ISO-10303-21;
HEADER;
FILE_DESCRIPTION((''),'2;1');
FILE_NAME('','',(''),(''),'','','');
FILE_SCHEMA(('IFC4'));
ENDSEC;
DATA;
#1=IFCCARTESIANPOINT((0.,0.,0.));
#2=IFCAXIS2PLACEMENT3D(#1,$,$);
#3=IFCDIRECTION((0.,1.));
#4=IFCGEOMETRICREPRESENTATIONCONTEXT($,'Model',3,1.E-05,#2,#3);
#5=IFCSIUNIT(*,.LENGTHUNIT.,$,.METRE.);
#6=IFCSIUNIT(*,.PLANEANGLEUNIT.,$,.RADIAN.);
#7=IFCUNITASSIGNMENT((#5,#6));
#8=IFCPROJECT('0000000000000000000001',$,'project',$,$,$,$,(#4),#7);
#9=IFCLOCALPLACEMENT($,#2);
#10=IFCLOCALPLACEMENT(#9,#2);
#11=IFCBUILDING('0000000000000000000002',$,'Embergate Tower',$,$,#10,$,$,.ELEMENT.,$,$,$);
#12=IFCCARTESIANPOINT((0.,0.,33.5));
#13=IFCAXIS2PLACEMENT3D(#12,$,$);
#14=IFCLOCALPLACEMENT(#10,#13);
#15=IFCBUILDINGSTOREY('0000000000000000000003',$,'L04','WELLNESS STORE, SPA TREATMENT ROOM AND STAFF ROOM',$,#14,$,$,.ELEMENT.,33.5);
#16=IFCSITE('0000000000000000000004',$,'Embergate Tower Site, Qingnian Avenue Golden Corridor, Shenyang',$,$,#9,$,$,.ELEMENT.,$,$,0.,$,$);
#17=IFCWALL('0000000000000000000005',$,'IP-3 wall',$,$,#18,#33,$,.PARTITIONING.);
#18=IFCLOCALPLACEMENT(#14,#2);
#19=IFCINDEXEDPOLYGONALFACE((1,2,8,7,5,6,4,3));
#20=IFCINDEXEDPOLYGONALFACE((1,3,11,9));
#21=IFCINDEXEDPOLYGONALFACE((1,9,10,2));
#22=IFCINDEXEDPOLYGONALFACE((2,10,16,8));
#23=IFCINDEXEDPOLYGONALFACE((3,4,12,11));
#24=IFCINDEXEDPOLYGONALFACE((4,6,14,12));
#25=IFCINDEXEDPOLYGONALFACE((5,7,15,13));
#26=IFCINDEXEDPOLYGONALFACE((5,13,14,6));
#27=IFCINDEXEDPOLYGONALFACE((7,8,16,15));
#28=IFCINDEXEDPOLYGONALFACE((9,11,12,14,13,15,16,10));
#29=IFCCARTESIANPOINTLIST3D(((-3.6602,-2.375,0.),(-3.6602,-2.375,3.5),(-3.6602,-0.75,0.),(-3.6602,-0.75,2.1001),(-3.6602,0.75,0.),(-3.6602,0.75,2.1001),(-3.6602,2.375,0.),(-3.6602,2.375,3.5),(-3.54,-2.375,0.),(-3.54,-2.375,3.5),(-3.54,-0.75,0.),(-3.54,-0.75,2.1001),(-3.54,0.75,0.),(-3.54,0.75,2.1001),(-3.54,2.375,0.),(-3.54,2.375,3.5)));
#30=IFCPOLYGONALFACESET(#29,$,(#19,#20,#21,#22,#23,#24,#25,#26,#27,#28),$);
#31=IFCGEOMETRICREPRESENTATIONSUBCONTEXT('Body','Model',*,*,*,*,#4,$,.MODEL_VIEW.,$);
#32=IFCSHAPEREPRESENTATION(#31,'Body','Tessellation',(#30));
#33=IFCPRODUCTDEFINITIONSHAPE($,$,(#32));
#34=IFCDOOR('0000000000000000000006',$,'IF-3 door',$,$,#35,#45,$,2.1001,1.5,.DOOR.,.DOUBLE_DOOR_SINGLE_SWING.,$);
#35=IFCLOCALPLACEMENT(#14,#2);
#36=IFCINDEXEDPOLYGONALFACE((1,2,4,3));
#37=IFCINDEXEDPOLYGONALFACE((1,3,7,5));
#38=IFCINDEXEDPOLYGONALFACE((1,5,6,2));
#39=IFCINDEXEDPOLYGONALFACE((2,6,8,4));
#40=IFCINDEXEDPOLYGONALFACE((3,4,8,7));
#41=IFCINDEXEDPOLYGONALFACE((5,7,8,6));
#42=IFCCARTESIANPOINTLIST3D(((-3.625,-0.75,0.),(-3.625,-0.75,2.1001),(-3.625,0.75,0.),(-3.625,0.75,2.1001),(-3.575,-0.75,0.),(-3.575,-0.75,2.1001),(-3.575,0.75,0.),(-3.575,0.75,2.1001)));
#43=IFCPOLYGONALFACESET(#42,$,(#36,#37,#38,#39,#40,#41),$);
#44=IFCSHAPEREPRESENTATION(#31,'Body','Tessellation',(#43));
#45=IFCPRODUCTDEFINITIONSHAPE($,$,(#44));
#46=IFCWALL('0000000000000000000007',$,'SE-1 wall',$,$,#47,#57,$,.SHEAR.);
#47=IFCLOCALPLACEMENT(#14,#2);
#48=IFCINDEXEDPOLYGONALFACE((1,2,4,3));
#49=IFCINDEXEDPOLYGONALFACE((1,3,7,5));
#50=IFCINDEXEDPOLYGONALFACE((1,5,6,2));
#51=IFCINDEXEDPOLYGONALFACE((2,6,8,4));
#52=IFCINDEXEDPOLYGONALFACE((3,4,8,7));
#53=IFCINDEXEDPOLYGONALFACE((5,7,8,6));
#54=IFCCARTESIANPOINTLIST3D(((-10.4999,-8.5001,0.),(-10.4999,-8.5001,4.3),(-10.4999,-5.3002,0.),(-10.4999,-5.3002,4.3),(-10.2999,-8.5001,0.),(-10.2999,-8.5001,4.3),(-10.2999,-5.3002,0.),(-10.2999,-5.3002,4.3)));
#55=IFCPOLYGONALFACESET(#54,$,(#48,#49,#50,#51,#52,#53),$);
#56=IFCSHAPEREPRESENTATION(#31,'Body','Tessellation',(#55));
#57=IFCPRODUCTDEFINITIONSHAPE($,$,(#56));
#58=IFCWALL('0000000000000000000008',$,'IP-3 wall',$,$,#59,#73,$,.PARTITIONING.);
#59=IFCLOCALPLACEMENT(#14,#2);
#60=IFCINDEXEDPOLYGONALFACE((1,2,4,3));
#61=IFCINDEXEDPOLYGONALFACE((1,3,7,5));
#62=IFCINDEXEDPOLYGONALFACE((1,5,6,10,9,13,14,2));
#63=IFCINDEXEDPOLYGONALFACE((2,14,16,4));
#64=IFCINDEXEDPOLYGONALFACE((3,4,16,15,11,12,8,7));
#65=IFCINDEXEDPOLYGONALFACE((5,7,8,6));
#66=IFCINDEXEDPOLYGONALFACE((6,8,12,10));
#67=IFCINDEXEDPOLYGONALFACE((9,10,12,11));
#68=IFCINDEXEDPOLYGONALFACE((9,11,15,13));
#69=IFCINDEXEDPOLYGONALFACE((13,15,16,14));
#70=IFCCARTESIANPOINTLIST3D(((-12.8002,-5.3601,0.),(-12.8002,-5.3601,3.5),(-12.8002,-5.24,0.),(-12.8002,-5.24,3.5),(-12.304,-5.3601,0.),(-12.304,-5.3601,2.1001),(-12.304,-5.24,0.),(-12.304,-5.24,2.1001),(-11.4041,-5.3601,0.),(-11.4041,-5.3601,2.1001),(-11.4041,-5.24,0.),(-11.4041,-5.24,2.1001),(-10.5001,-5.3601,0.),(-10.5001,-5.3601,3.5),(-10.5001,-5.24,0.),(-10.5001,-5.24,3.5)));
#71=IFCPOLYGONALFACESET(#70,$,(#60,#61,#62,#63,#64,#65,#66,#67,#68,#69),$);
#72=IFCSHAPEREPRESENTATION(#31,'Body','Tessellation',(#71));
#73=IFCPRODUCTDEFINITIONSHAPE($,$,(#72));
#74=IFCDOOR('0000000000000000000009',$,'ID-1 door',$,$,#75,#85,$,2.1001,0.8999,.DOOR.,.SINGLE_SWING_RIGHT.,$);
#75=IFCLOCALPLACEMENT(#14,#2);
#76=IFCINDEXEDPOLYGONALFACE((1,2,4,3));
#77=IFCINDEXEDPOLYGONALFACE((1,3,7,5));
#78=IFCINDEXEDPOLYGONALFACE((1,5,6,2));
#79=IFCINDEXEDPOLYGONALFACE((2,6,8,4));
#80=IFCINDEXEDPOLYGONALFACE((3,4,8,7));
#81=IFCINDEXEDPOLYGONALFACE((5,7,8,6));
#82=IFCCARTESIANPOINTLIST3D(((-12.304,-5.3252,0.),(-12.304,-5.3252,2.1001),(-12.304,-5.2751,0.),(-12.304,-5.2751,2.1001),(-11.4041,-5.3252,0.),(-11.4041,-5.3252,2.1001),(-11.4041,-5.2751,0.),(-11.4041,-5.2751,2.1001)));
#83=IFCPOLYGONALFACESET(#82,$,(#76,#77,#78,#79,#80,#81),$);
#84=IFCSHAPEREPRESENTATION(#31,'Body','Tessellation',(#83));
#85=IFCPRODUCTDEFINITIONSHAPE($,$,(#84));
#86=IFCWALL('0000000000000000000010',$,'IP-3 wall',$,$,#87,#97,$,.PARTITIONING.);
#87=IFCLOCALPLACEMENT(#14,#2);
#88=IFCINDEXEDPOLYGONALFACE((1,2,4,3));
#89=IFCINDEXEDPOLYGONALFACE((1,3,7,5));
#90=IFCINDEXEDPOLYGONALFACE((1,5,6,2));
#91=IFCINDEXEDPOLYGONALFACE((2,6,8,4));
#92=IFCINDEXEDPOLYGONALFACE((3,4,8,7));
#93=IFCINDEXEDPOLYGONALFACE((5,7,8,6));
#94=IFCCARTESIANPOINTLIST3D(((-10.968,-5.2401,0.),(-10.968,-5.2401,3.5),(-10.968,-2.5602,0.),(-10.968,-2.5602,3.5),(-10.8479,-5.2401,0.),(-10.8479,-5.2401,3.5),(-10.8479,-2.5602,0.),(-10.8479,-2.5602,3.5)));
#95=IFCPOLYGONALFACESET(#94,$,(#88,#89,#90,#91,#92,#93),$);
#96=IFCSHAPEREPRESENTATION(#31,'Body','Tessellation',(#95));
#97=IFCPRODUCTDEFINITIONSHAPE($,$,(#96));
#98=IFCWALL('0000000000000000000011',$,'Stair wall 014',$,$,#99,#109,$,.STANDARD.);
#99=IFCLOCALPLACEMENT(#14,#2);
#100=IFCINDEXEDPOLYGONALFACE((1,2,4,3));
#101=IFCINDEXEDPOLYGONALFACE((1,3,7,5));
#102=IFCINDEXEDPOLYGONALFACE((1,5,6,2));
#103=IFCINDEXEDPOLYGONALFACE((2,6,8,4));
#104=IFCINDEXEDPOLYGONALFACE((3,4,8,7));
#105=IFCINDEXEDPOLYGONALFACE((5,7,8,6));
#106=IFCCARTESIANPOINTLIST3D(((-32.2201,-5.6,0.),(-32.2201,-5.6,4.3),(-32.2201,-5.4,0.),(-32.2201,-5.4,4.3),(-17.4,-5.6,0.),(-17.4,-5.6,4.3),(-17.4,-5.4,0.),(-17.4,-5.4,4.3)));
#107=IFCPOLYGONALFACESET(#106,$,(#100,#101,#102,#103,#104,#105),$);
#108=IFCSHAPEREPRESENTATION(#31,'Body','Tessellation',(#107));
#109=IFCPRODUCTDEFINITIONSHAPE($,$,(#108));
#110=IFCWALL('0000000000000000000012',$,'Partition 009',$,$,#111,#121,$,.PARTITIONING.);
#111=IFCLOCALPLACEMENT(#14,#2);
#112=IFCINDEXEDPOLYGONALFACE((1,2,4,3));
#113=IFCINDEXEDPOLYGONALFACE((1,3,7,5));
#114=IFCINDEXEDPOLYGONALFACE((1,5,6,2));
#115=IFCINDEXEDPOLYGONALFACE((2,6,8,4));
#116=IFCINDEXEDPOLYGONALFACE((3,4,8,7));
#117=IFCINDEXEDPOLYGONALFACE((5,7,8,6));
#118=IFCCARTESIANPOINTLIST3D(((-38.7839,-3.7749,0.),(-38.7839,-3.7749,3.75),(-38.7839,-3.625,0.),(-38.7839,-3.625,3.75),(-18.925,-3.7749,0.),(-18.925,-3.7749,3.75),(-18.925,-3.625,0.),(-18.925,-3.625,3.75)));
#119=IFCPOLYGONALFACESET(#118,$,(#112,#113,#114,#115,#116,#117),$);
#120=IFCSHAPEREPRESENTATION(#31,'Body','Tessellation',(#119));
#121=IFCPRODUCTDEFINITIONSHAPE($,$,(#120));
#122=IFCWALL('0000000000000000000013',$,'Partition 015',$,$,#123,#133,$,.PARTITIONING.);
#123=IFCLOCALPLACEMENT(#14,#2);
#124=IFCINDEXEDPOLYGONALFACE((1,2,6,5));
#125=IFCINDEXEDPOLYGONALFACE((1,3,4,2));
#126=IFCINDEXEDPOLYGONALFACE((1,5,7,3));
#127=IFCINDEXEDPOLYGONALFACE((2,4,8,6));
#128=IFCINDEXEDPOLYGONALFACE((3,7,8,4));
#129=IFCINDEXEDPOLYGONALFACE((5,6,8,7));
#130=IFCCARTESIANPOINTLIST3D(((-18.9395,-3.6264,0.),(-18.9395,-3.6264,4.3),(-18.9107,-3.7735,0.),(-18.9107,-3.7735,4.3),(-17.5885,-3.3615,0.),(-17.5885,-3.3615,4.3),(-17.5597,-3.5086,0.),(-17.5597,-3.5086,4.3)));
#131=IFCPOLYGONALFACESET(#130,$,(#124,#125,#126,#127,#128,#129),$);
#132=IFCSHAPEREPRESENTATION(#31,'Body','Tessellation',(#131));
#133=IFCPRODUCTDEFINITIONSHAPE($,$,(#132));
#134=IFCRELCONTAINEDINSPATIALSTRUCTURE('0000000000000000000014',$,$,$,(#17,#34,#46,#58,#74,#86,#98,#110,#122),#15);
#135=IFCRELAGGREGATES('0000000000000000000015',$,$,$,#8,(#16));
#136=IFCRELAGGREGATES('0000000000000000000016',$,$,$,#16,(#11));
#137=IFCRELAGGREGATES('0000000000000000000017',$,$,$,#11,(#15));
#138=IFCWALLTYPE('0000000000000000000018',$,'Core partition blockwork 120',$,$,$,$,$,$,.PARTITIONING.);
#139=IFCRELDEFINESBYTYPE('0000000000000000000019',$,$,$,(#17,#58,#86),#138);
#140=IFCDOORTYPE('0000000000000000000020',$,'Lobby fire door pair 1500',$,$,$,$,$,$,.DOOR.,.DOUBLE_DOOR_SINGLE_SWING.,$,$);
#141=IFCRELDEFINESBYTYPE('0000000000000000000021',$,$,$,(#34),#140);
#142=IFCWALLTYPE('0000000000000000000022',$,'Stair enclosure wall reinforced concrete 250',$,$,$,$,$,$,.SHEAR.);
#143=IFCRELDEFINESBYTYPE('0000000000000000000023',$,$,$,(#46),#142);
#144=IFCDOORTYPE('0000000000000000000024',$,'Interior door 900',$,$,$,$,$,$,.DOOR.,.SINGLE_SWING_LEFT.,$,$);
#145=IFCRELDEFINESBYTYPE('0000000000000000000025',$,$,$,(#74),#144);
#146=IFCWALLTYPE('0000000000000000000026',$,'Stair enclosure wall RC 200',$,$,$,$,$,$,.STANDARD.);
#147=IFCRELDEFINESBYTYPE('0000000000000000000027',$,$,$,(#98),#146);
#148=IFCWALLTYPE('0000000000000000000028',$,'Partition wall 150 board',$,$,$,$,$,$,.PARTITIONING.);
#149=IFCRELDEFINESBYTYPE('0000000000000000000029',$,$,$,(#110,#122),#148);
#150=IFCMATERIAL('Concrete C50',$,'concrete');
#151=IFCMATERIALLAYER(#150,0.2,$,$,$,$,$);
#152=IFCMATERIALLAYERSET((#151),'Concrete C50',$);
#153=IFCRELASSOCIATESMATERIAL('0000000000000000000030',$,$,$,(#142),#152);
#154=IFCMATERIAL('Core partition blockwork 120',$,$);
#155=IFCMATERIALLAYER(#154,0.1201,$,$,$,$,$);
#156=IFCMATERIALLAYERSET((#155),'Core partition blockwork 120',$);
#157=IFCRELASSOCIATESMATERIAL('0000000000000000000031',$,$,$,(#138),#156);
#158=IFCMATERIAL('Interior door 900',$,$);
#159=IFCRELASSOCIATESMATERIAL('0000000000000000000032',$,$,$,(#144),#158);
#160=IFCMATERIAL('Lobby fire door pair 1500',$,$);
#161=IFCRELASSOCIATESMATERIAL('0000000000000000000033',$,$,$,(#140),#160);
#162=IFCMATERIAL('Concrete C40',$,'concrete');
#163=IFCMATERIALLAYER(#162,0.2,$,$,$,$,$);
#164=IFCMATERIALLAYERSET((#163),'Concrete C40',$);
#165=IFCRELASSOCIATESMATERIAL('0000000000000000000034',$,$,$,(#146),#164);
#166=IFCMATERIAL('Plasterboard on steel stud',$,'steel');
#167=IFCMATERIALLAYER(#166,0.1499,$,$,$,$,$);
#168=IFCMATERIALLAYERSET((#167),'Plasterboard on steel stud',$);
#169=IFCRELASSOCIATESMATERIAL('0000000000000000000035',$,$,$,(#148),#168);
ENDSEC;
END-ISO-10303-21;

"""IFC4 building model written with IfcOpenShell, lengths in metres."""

from ifc_helpers import new_model, si_unit, direction, frame, frame_2d, origin, place, context, subcontext, project, spatial, rectangle, extrude, source, transform, mapped, material, layer, layer_set, type_object, element, fill, save


model = new_model("IFC4")

# Units and contexts
model_context = context("Model", 3, precision=1e-05, world=origin(), true_north=direction((0.0, 1.0)))
body_context = subcontext(model_context, "Body", "Model", "MODEL_VIEW")
ifc_project = project(units=[si_unit("LENGTHUNIT", "METRE"), si_unit("PLANEANGLEUNIT", "RADIAN")], contexts=[model_context])

# Site, building, storey
site_placement = place(None, origin())
site = spatial("IfcSite", under=ifc_project, at=site_placement, Name="Embergate Tower Site, Qingnian Avenue Golden Corridor, Shenyang", CompositionType="ELEMENT", RefElevation=0.0)
building_placement = place(site_placement, origin())
building = spatial("IfcBuilding", under=site, at=building_placement, Name="Embergate Tower", CompositionType="ELEMENT")
storey_placement = place(building_placement, frame((0.0, 0.0, 33.5)))
storey = spatial("IfcBuildingStorey", under=building, at=storey_placement, Name="L04", Description="WELLNESS STORE, SPA TREATMENT ROOM AND STAFF ROOM", CompositionType="ELEMENT", Elevation=33.5)

# Shared definitions
ifc_material_1 = material(Name="Concrete C50", Category="concrete")
ifc_layer_1 = layer(ifc_material_1, 0.2)
ifc_layer_set_1 = layer_set([ifc_layer_1], Name="Concrete C50")
wall_type_1 = type_object("IfcWallType", Name="Stair enclosure wall reinforced concrete 250", PredefinedType="SHEAR", material=ifc_layer_set_1)

# Shared definitions
ifc_material_2 = material(Name="Core partition blockwork 120")
ifc_layer_2 = layer(ifc_material_2, 0.1201)
ifc_layer_set_2 = layer_set([ifc_layer_2], Name="Core partition blockwork 120")
wall_type_2 = type_object("IfcWallType", Name="Core partition blockwork 120", PredefinedType="PARTITIONING", material=ifc_layer_set_2)
shared_shape_1 = source(origin(), body_context, "Body", "SweptSolid", [
    extrude(rectangle(XDim=0.8999, YDim=2.1001, at=frame_2d((0.45, 1.05))), frame((0.0, 0.0701, 0.0), z_axis=(0.0, -1.0, 0.0), x_axis=(1.0, 0.0, 0.0)), (0.0, 0.0, 1.0), 0.1401),
])
ifc_material_3 = material(Name="Interior door 900")
door_type_1 = type_object("IfcDoorType", Name="Interior door 900", OperationType="SINGLE_SWING_LEFT", PredefinedType="DOOR", material=ifc_material_3)
shared_shape_2 = source(origin(), body_context, "Body", "SweptSolid", [
    extrude(rectangle(XDim=0.8999, YDim=2.1001, at=frame_2d((0.45, 1.05))), frame((0.0, 0.0249, 0.0), z_axis=(0.0, -1.0, 0.0), x_axis=(1.0, 0.0, 0.0)), (0.0, 0.0, 1.0), 0.05),
])

# Wall, opening, door
shared_shape_3 = source(origin(), body_context, "Body", "SweptSolid", [
    extrude(rectangle(XDim=4.75, YDim=0.1201, at=frame_2d((2.375, 0.0))), origin(), (0.0, 0.0, 1.0), 3.5),
])
wall_1_placement = place(storey_placement, frame((-3.6001, -2.375, 0.0), z_axis=(0.0, 0.0, 1.0), x_axis=(0.0, 1.0, 0.0)))
wall_1 = element("IfcWall", 1, at=wall_1_placement, inside=storey, type_object=wall_type_2, Name="IP-3 wall", PredefinedType="PARTITIONING", context=body_context, shape_type="MappedRepresentation", body=[
    mapped(shared_shape_3, transform((0.0, 0.0, 0.0))),
])
shared_shape_4 = source(origin(), body_context, "Body", "SweptSolid", [
    extrude(rectangle(XDim=1.5, YDim=2.1001, at=frame_2d((0.75, 1.05))), frame((0.0, 0.0701, 0.0), z_axis=(0.0, -1.0, 0.0), x_axis=(1.0, 0.0, 0.0)), (0.0, 0.0, 1.0), 0.1401),
])
opening_1_placement = place(wall_1_placement, frame((1.625, 0.0, 0.0)))
opening_1 = element("IfcOpeningElement", 2, at=opening_1_placement, cuts=wall_1, PredefinedType="OPENING", context=body_context, shape_type="MappedRepresentation", body=[
    mapped(shared_shape_4, transform((0.0, 0.0, 0.0))),
])
ifc_material_4 = material(Name="Lobby fire door pair 1500")
door_type_2 = type_object("IfcDoorType", Name="Lobby fire door pair 1500", OperationType="DOUBLE_DOOR_SINGLE_SWING", PredefinedType="DOOR", material=ifc_material_4)
shared_shape_5 = source(origin(), body_context, "Body", "SweptSolid", [
    extrude(rectangle(XDim=1.5, YDim=2.1001, at=frame_2d((0.75, 1.05))), frame((0.0, 0.0249, 0.0), z_axis=(0.0, -1.0, 0.0), x_axis=(1.0, 0.0, 0.0)), (0.0, 0.0, 1.0), 0.05),
])
door_1_placement = place(opening_1_placement, origin())
door_1 = element("IfcDoor", 3, at=door_1_placement, inside=storey, type_object=door_type_2, Name="IF-3 door", OperationType="DOUBLE_DOOR_SINGLE_SWING", OverallHeight=2.1001, OverallWidth=1.5, PredefinedType="DOOR", context=body_context, shape_type="MappedRepresentation", body=[
    mapped(shared_shape_5, transform((0.0, 0.0, 0.0))),
])
fill(opening_1, door_1)

# Wall
shared_shape_6 = source(origin(), body_context, "Body", "SweptSolid", [
    extrude(rectangle(XDim=3.2, YDim=0.2, at=frame_2d((1.6001, 0.0))), origin(), (0.0, 0.0, 1.0), 4.3),
])
wall_2_placement = place(storey_placement, frame((-10.3999, -5.3, 0.0), z_axis=(0.0, 0.0, 1.0), x_axis=(0.0, -1.0, 0.0)))
element("IfcWall", 4, at=wall_2_placement, inside=storey, type_object=wall_type_1, Name="SE-1 wall", PredefinedType="SHEAR", context=body_context, shape_type="MappedRepresentation", body=[
    mapped(shared_shape_6, transform((0.0, 0.0, 0.0))),
])

# Wall, opening, door
shared_shape_7 = source(origin(), body_context, "Body", "SweptSolid", [
    extrude(rectangle(XDim=2.3, YDim=0.1201, at=frame_2d((1.1499, 0.0))), origin(), (0.0, 0.0, 1.0), 3.5),
])
wall_3_placement = place(storey_placement, frame((-12.8, -5.3, 0.0), z_axis=(0.0, 0.0, 1.0), x_axis=(1.0, 0.0, 0.0)))
wall_3 = element("IfcWall", 5, at=wall_3_placement, inside=storey, type_object=wall_type_2, Name="IP-3 wall", PredefinedType="PARTITIONING", context=body_context, shape_type="MappedRepresentation", body=[
    mapped(shared_shape_7, transform((0.0, 0.0, 0.0))),
])
opening_2_placement = place(wall_3_placement, frame((0.4961, 0.0, 0.0)))
opening_2 = element("IfcOpeningElement", 6, at=opening_2_placement, cuts=wall_3, PredefinedType="OPENING", context=body_context, shape_type="MappedRepresentation", body=[
    mapped(shared_shape_1, transform((0.0, 0.0, 0.0))),
])
door_2_placement = place(opening_2_placement, origin())
door_2 = element("IfcDoor", 7, at=door_2_placement, inside=storey, type_object=door_type_1, Name="ID-1 door", OperationType="SINGLE_SWING_RIGHT", OverallHeight=2.1001, OverallWidth=0.8999, PredefinedType="DOOR", context=body_context, shape_type="MappedRepresentation", body=[
    mapped(shared_shape_2, transform((0.0, 0.0, 0.0))),
])
fill(opening_2, door_2)

# Walls
shared_shape_8 = source(origin(), body_context, "Body", "SweptSolid", [
    extrude(rectangle(XDim=2.6799, YDim=0.1201, at=frame_2d((1.3398, 0.0))), origin(), (0.0, 0.0, 1.0), 3.5),
])
wall_4_placement = place(storey_placement, frame((-10.908, -5.24, 0.0), z_axis=(0.0, 0.0, 1.0), x_axis=(0.0, 1.0, 0.0)))
element("IfcWall", 8, at=wall_4_placement, inside=storey, type_object=wall_type_2, Name="IP-3 wall", PredefinedType="PARTITIONING", context=body_context, shape_type="MappedRepresentation", body=[
    mapped(shared_shape_8, transform((0.0, 0.0, 0.0))),
])
ifc_material_5 = material(Name="Concrete C40", Category="concrete")
ifc_layer_3 = layer(ifc_material_5, 0.2)
ifc_layer_set_3 = layer_set([ifc_layer_3], Name="Concrete C40")
wall_type_3 = type_object("IfcWallType", Name="Stair enclosure wall RC 200", PredefinedType="STANDARD", material=ifc_layer_set_3)
shared_shape_9 = source(origin(), body_context, "Body", "SweptSolid", [
    extrude(rectangle(XDim=14.8201, YDim=0.2, at=frame_2d((7.4102, 0.0))), origin(), (0.0, 0.0, 1.0), 4.3),
])
wall_5_placement = place(storey_placement, frame((-17.3999, -5.5, 0.0), z_axis=(0.0, 0.0, 1.0), x_axis=(-1.0, 0.0, 0.0)))
element("IfcWall", 9, at=wall_5_placement, inside=storey, type_object=wall_type_3, Name="Stair wall 014", PredefinedType="STANDARD", context=body_context, shape_type="MappedRepresentation", body=[
    mapped(shared_shape_9, transform((0.0, 0.0, 0.0))),
])
ifc_material_6 = material(Name="Plasterboard on steel stud", Category="steel")
ifc_layer_4 = layer(ifc_material_6, 0.1499)
ifc_layer_set_4 = layer_set([ifc_layer_4], Name="Plasterboard on steel stud")
wall_type_4 = type_object("IfcWallType", Name="Partition wall 150 board", PredefinedType="PARTITIONING", material=ifc_layer_set_4)
shared_shape_10 = source(origin(), body_context, "Body", "SweptSolid", [
    extrude(rectangle(XDim=19.8589, YDim=0.1499, at=frame_2d((9.9294, 0.0))), origin(), (0.0, 0.0, 1.0), 3.75),
])
wall_6_placement = place(storey_placement, frame((-18.925, -3.7, 0.0), z_axis=(0.0, 0.0, 1.0), x_axis=(-1.0, 0.0, 0.0)))
element("IfcWall", 10, at=wall_6_placement, inside=storey, type_object=wall_type_4, Name="Partition 009", PredefinedType="PARTITIONING", context=body_context, shape_type="MappedRepresentation", body=[
    mapped(shared_shape_10, transform((0.0, 0.0, 0.0))),
])
shared_shape_11 = source(origin(), body_context, "Body", "SweptSolid", [
    extrude(rectangle(XDim=1.3767, YDim=0.1499, at=frame_2d((0.6885, 0.0))), origin(), (0.0, 0.0, 1.0), 4.3),
])
wall_7_placement = place(storey_placement, frame((-17.574, -3.4351, 0.0), z_axis=(0.0, 0.0, 1.0), x_axis=(-0.981317, -0.192398, 0.0)))
element("IfcWall", 11, at=wall_7_placement, inside=storey, type_object=wall_type_4, Name="Partition 015", PredefinedType="PARTITIONING", context=body_context, shape_type="MappedRepresentation", body=[
    mapped(shared_shape_11, transform((0.0, 0.0, 0.0))),
])

save(model, "model.ifc")
